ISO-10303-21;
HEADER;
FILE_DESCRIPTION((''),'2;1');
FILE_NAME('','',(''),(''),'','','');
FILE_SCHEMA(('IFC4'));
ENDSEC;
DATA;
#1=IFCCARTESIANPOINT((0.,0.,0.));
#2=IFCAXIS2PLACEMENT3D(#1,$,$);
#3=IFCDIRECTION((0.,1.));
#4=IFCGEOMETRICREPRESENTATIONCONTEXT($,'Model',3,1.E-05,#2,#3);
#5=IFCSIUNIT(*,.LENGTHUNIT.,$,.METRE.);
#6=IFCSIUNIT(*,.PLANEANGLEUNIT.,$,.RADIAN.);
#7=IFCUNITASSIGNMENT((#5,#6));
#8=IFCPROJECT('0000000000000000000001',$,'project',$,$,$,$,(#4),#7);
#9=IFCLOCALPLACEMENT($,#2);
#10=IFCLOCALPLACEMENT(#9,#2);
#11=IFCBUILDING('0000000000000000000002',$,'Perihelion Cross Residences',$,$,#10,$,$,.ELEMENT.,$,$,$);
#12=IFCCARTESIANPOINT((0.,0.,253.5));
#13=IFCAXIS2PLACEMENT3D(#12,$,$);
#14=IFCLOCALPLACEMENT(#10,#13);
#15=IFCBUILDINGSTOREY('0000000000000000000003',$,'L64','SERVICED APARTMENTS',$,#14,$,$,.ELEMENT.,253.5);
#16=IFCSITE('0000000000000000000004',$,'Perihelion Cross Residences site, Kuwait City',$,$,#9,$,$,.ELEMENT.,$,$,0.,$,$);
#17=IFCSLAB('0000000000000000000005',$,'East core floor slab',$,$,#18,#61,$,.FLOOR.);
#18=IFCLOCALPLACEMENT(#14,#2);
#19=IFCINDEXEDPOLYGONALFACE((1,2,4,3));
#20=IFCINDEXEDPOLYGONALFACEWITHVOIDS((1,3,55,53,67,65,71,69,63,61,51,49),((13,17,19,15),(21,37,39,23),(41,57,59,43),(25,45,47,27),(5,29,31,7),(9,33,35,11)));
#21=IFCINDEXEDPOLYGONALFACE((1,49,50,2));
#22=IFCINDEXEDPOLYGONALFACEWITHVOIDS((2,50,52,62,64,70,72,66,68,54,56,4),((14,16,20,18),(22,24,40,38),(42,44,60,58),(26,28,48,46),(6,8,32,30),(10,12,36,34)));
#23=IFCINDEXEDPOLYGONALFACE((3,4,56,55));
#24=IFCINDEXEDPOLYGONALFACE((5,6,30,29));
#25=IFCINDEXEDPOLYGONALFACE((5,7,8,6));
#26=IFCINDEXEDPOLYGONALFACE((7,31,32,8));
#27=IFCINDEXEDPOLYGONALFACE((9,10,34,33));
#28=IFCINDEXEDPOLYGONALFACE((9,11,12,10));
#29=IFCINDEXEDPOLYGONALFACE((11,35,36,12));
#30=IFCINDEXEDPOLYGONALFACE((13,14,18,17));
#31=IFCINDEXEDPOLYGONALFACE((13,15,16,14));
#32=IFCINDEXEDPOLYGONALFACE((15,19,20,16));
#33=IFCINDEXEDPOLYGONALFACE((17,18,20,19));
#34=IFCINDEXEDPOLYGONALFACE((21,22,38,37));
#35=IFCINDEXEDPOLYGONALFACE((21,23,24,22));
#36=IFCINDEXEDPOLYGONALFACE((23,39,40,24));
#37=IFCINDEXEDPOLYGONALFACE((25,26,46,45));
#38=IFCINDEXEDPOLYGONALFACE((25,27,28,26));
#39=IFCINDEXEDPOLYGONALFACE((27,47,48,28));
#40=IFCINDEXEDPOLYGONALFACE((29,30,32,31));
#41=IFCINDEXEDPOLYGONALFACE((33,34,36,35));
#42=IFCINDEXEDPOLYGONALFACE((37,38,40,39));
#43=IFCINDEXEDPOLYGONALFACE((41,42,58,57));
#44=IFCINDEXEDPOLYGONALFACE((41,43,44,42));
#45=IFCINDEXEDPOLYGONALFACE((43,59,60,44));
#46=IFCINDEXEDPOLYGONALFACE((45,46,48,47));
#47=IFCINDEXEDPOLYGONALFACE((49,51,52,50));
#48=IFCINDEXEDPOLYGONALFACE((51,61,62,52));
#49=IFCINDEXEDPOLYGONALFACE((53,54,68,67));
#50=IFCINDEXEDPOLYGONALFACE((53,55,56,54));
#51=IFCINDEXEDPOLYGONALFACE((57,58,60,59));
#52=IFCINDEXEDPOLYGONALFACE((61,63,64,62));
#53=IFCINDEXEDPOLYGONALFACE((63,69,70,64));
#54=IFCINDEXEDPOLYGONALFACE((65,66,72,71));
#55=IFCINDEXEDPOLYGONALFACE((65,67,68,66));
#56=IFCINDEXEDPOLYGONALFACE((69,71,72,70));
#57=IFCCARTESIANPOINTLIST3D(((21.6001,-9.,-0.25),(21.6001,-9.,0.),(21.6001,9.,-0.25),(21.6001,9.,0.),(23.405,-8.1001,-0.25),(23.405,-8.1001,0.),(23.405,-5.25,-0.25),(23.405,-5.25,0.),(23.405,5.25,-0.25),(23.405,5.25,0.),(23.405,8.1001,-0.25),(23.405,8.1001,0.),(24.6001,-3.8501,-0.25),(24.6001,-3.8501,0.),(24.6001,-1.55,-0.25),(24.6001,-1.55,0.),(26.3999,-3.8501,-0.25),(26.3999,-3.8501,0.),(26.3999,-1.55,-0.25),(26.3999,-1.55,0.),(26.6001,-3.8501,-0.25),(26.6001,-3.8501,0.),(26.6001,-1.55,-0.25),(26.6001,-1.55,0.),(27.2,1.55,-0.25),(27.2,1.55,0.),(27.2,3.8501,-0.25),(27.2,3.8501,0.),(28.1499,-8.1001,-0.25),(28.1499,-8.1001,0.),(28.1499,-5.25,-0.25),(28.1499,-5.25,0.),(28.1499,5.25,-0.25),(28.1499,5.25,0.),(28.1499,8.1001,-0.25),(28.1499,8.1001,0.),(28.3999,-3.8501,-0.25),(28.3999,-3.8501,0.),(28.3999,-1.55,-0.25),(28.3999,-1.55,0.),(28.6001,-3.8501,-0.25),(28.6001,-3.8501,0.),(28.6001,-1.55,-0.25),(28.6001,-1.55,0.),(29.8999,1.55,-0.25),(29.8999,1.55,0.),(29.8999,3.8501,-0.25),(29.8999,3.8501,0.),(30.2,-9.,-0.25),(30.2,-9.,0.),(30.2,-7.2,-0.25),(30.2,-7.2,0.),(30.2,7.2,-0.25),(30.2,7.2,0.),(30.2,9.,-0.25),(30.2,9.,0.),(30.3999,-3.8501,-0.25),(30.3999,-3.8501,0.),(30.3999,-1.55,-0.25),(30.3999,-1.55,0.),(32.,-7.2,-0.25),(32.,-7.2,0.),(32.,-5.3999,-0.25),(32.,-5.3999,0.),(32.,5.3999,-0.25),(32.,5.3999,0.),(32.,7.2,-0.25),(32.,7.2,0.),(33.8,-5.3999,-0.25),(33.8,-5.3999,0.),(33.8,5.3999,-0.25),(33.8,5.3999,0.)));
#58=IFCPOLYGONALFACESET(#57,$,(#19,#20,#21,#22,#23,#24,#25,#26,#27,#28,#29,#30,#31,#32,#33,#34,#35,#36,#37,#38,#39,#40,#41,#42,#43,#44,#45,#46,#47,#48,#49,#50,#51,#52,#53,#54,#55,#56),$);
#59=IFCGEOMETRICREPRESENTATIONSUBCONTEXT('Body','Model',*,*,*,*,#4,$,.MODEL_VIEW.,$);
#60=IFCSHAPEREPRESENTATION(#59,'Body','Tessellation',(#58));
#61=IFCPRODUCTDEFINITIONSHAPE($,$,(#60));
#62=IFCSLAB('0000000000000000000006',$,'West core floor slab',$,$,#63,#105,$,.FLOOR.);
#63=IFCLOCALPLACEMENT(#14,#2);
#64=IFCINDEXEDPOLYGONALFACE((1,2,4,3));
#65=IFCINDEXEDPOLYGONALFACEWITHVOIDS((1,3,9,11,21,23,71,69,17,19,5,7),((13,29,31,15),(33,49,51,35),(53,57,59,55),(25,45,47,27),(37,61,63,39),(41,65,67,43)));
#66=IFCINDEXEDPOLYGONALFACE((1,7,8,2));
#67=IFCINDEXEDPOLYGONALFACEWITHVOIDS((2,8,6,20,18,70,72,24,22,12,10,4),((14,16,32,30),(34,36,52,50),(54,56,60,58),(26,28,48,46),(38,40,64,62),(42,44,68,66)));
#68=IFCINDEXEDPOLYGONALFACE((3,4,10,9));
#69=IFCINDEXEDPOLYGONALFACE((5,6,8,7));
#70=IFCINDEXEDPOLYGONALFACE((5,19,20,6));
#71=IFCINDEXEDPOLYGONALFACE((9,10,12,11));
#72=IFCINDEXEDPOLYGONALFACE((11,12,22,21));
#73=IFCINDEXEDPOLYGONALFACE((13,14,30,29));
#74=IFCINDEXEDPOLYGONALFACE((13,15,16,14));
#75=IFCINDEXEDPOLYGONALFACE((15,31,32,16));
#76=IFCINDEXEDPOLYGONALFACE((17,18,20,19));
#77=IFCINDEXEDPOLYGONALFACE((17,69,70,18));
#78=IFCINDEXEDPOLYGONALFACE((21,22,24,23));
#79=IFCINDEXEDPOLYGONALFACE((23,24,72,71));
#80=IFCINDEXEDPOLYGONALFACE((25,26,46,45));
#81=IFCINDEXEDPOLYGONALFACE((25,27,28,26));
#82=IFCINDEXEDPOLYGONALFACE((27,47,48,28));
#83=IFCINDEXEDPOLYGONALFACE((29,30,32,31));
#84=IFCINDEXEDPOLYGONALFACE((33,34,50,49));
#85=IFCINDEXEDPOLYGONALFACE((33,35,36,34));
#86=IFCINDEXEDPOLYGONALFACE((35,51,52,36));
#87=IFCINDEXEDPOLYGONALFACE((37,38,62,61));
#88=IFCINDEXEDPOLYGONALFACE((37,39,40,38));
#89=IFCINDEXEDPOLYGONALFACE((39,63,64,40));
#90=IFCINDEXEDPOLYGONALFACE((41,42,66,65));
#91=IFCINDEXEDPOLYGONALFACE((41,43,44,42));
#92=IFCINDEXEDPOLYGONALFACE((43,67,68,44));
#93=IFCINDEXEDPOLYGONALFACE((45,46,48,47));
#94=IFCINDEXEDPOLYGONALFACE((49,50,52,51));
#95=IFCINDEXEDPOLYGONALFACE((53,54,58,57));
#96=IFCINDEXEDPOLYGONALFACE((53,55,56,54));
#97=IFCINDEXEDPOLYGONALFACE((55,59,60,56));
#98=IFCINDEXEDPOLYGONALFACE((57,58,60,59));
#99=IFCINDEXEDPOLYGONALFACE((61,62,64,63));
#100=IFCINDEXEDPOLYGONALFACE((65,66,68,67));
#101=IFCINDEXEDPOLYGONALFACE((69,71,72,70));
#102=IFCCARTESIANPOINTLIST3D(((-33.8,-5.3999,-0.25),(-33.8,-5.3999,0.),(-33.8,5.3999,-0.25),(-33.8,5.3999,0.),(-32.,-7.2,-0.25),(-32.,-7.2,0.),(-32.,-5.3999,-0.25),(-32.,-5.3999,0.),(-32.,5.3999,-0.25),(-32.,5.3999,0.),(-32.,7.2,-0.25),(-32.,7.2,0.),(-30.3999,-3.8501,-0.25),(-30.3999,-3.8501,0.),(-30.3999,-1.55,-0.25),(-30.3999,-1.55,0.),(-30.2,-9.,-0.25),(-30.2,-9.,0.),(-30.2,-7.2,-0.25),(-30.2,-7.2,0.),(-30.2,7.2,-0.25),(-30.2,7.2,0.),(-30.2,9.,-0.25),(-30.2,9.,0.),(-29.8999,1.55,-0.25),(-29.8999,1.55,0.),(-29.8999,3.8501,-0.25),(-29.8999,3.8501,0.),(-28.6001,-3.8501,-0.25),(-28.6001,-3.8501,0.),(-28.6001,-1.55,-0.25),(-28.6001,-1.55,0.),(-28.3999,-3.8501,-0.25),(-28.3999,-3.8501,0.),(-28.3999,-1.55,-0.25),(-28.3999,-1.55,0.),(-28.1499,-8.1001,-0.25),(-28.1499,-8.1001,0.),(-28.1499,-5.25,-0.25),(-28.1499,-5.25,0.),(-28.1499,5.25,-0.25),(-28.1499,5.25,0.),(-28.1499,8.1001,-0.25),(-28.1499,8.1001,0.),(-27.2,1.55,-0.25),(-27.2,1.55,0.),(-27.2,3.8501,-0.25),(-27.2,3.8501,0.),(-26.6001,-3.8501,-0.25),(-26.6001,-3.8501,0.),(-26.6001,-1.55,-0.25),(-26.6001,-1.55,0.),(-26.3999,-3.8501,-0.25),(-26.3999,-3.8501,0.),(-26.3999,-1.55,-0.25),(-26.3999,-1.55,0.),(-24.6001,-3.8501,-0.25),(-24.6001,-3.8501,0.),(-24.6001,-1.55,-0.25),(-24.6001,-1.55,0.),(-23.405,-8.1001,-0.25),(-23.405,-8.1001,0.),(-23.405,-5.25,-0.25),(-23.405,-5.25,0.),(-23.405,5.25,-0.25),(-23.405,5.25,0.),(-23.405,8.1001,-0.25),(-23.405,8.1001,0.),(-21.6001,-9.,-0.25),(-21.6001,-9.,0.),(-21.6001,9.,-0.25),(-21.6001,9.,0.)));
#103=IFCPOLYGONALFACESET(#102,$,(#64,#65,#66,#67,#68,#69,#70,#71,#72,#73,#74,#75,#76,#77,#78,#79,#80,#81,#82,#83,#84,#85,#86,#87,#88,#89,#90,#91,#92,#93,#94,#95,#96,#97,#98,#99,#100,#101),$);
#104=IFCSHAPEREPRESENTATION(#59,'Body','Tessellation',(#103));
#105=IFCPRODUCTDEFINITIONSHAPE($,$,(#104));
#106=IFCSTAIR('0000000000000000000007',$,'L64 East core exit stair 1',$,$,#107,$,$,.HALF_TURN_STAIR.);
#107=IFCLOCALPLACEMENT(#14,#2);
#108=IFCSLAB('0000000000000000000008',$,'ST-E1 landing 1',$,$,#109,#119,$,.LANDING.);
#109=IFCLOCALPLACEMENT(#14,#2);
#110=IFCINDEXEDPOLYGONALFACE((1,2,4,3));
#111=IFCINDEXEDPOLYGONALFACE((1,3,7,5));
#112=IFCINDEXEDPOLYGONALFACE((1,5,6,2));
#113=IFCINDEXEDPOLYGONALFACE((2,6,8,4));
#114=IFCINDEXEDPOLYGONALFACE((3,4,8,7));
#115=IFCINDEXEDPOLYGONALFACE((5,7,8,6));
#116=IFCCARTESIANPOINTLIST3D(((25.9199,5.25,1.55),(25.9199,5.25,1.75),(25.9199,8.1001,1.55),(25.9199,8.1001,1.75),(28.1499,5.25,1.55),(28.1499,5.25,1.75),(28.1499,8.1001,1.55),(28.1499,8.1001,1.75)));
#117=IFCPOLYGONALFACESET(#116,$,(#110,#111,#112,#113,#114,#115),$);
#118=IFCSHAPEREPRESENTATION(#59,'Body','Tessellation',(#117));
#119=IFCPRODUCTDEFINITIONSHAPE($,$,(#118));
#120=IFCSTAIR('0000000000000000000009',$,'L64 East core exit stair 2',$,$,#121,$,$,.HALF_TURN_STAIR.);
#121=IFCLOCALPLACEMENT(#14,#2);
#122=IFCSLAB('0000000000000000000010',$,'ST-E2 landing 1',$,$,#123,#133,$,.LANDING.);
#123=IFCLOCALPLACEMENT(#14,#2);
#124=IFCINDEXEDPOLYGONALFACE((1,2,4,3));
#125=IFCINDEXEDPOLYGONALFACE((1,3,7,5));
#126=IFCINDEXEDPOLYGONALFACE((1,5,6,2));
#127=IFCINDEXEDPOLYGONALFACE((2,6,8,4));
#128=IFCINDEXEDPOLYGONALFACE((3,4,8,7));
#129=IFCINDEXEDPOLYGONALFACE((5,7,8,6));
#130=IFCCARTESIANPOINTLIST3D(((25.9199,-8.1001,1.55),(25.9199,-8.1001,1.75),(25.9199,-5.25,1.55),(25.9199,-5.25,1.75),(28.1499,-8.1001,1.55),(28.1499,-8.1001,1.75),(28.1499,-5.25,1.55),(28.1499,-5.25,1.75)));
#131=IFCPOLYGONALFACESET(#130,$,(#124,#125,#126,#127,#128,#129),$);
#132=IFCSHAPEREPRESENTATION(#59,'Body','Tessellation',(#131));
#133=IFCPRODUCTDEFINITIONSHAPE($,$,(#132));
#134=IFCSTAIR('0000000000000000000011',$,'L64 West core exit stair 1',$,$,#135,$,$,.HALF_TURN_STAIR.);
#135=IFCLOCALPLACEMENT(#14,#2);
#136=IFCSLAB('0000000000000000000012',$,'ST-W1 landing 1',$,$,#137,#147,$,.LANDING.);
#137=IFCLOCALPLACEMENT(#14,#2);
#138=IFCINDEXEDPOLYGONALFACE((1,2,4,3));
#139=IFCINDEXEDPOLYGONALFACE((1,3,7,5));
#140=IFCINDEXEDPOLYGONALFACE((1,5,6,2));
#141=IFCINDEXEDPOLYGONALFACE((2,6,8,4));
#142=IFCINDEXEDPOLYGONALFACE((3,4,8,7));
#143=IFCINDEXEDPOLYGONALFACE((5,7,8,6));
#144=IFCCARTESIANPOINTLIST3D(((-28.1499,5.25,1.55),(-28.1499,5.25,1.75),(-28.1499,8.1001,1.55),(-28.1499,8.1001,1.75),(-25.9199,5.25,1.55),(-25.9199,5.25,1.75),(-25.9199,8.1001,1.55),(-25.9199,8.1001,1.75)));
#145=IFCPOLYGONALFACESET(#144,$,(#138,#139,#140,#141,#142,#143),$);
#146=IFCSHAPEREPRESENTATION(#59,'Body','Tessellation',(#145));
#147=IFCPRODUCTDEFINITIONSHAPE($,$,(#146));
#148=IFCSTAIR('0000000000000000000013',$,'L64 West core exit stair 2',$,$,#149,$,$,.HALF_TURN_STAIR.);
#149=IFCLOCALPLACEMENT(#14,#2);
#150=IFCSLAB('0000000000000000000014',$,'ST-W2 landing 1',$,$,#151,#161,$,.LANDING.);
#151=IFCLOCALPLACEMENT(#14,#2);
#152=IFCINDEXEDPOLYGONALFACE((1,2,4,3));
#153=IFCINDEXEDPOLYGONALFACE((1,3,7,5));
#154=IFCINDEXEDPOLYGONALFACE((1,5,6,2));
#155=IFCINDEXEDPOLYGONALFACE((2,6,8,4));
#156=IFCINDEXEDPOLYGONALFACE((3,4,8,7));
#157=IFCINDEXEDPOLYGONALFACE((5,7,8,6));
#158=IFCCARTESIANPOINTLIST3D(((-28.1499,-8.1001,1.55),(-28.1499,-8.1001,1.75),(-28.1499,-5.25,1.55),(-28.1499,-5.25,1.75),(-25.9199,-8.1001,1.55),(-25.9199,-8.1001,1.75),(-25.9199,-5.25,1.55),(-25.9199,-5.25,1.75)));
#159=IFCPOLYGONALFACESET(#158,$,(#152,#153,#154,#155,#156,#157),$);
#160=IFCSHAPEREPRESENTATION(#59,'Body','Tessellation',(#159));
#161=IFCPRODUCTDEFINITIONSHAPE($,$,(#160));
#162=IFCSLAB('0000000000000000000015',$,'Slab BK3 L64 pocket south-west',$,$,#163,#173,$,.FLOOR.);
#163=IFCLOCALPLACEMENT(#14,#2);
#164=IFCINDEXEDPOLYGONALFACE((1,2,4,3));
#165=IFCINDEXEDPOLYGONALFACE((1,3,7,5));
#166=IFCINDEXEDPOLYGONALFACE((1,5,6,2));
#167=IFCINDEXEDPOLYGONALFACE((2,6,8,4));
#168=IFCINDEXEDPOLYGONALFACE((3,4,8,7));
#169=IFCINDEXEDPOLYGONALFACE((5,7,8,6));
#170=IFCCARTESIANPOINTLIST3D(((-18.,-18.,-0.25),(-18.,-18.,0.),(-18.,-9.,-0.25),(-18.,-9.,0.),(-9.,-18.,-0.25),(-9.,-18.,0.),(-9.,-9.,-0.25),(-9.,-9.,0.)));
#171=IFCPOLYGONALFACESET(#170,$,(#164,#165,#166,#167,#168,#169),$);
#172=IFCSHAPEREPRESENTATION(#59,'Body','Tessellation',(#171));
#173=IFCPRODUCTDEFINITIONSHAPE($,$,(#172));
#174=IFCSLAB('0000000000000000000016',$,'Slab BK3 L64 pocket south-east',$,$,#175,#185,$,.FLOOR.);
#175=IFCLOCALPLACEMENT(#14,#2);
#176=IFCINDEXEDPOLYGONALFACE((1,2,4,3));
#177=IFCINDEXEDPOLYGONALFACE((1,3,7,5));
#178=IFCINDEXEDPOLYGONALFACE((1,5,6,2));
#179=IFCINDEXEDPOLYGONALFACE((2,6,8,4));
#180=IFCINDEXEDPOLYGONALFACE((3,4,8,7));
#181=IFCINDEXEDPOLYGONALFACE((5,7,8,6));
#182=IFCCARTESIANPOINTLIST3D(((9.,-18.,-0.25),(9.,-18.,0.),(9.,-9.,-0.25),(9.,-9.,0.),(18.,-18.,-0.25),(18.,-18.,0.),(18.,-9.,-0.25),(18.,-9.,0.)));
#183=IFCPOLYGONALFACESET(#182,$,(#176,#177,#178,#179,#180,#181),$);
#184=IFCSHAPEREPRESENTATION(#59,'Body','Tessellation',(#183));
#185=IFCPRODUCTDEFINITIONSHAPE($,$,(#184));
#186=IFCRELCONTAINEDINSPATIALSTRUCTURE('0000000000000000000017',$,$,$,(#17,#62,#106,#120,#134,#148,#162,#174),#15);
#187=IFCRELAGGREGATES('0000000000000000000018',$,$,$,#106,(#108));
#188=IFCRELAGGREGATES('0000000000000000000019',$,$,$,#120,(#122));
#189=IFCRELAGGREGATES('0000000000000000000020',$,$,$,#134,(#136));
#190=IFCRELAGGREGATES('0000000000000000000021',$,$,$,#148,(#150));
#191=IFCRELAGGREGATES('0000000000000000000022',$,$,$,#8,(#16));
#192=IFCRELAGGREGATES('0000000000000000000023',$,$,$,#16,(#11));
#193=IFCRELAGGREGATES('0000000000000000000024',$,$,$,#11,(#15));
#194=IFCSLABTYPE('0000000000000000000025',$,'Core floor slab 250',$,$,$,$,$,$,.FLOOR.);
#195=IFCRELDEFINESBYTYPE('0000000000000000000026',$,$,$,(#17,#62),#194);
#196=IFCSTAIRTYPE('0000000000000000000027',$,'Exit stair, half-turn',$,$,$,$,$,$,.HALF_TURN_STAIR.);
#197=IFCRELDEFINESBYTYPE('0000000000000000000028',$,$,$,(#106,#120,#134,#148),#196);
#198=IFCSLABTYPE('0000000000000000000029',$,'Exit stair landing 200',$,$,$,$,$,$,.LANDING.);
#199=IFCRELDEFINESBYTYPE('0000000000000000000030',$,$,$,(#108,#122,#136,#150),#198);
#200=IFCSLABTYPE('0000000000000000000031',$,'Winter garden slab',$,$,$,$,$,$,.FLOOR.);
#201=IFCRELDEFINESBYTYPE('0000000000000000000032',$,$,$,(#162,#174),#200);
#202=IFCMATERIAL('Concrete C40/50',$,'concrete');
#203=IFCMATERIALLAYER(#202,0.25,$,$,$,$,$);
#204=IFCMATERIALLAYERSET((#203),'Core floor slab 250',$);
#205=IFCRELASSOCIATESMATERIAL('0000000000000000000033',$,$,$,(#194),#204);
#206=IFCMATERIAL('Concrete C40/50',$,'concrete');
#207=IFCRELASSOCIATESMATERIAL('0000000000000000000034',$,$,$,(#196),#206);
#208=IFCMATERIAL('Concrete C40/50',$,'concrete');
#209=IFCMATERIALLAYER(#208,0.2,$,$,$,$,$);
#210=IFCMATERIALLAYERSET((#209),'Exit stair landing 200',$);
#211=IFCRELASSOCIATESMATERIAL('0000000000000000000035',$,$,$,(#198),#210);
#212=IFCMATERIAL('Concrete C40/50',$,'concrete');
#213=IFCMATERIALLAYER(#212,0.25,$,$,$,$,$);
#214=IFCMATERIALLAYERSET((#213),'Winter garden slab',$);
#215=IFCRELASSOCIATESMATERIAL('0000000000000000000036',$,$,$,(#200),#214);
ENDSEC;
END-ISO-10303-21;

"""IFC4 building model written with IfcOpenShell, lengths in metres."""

from ifc_helpers import new_model, si_unit, direction, frame, origin, place, context, subcontext, project, spatial, polyline, outline, extrude, material, layer, layer_set, type_object, element, aggregate, save


model = new_model("IFC4")

# Units and contexts
model_context = context("Model", 3, precision=1e-05, world=origin(), true_north=direction((0.0, 1.0)))
body_context = subcontext(model_context, "Body", "Model", "MODEL_VIEW")
ifc_project = project(units=[si_unit("LENGTHUNIT", "METRE"), si_unit("PLANEANGLEUNIT", "RADIAN")], contexts=[model_context])

# Site, building, storey
site_placement = place(None, origin())
site = spatial("IfcSite", under=ifc_project, at=site_placement, Name="Perihelion Cross Residences site, Kuwait City", CompositionType="ELEMENT", RefElevation=0.0)
building_placement = place(site_placement, origin())
building = spatial("IfcBuilding", under=site, at=building_placement, Name="Perihelion Cross Residences", CompositionType="ELEMENT")
storey_placement = place(building_placement, frame((0.0, 0.0, 253.5)))
storey = spatial("IfcBuildingStorey", under=building, at=storey_placement, Name="L64", Description="SERVICED APARTMENTS", CompositionType="ELEMENT", Elevation=253.5)

# Slabs
ifc_material_1 = material(Name="Concrete C40/50", Category="concrete")
ifc_layer_1 = layer(ifc_material_1, 0.25)
ifc_layer_set_1 = layer_set([ifc_layer_1], Name="Core floor slab 250")
slab_type_1 = type_object("IfcSlabType", Name="Core floor slab 250", PredefinedType="FLOOR", material=ifc_layer_set_1)
slab_1_placement = place(storey_placement, frame((0.0, 0.0, -0.25)))
element("IfcSlab", 1, at=slab_1_placement, inside=storey, type_object=slab_type_1, Name="East core floor slab", PredefinedType="FLOOR", context=body_context, shape_type="SweptSolid", body=[
    extrude(outline(polyline([(30.2, 7.2), (32.0, 7.2), (32.0, 5.3999), (33.8, 5.3999), (33.8, -5.3999), (32.0, -5.3999), (32.0, -7.2), (30.2, -7.2), (30.2, -9.0), (21.6001, -9.0), (21.6001, 9.0), (30.2, 9.0), (30.2, 7.2)]), holes=[polyline([(28.1499, -8.1001), (28.1499, -5.25), (23.405, -5.25), (23.405, -8.1001), (28.1499, -8.1001)]), polyline([(24.6001, -1.55), (24.6001, -3.8501), (26.3999, -3.8501), (26.3999, -1.55), (24.6001, -1.55)]), polyline([(26.6001, -1.55), (26.6001, -3.8501), (28.3999, -3.8501), (28.3999, -1.55), (26.6001, -1.55)]), polyline([(28.6001, -3.8501), (30.3999, -3.8501), (30.3999, -1.55), (28.6001, -1.55), (28.6001, -3.8501)]), polyline([(27.2, 3.8501), (27.2, 1.55), (29.8999, 1.55), (29.8999, 3.8501), (27.2, 3.8501)]), polyline([(23.405, 5.25), (28.1499, 5.25), (28.1499, 8.1001), (23.405, 8.1001), (23.405, 5.25)])]), origin(), (0.0, 0.0, 1.0), 0.25),
])
slab_2_placement = place(storey_placement, frame((0.0, 0.0, -0.25)))
element("IfcSlab", 2, at=slab_2_placement, inside=storey, type_object=slab_type_1, Name="West core floor slab", PredefinedType="FLOOR", context=body_context, shape_type="SweptSolid", body=[
    extrude(outline(polyline([(-30.2, 7.2), (-32.0, 7.2), (-32.0, 5.3999), (-33.8, 5.3999), (-33.8, -5.3999), (-32.0, -5.3999), (-32.0, -7.2), (-30.2, -7.2), (-30.2, -9.0), (-21.6001, -9.0), (-21.6001, 9.0), (-30.2, 9.0), (-30.2, 7.2)]), holes=[polyline([(-28.1499, -8.1001), (-28.1499, -5.25), (-23.405, -5.25), (-23.405, -8.1001), (-28.1499, -8.1001)]), polyline([(-24.6001, -1.55), (-24.6001, -3.8501), (-26.3999, -3.8501), (-26.3999, -1.55), (-24.6001, -1.55)]), polyline([(-26.6001, -1.55), (-26.6001, -3.8501), (-28.3999, -3.8501), (-28.3999, -1.55), (-26.6001, -1.55)]), polyline([(-28.6001, -3.8501), (-30.3999, -3.8501), (-30.3999, -1.55), (-28.6001, -1.55), (-28.6001, -3.8501)]), polyline([(-27.2, 3.8501), (-27.2, 1.55), (-29.8999, 1.55), (-29.8999, 3.8501), (-27.2, 3.8501)]), polyline([(-23.405, 5.25), (-28.1499, 5.25), (-28.1499, 8.1001), (-23.405, 8.1001), (-23.405, 5.25)])]), origin(), (0.0, 0.0, 1.0), 0.25),
])

# Stairs, slabs
ifc_material_2 = material(Name="Concrete C40/50", Category="concrete")
stair_type = type_object("IfcStairType", Name="Exit stair, half-turn", PredefinedType="HALF_TURN_STAIR", material=ifc_material_2)
stair_1_placement = place(storey_placement, origin())
stair_1 = element("IfcStair", 3, at=stair_1_placement, inside=storey, type_object=stair_type, Name="L64 East core exit stair 1", PredefinedType="HALF_TURN_STAIR")
ifc_material_3 = material(Name="Concrete C40/50", Category="concrete")
ifc_layer_2 = layer(ifc_material_3, 0.2)
ifc_layer_set_2 = layer_set([ifc_layer_2], Name="Exit stair landing 200")
slab_type_2 = type_object("IfcSlabType", Name="Exit stair landing 200", PredefinedType="LANDING", material=ifc_layer_set_2)
slab_3_placement = place(storey_placement, frame((0.0, 0.0, 1.55)))
slab_3 = element("IfcSlab", 4, at=slab_3_placement, type_object=slab_type_2, Name="ST-E1 landing 1", PredefinedType="LANDING", context=body_context, shape_type="SweptSolid", body=[
    extrude(outline(polyline([(25.9199, 5.25), (28.1499, 5.25), (28.1499, 8.1001), (25.9199, 8.1001), (25.9199, 5.25)])), origin(), (0.0, 0.0, 1.0), 0.2),
])
aggregate(stair_1, [slab_3])
stair_2_placement = place(storey_placement, origin())
stair_2 = element("IfcStair", 5, at=stair_2_placement, inside=storey, type_object=stair_type, Name="L64 East core exit stair 2", PredefinedType="HALF_TURN_STAIR")
slab_4_placement = place(storey_placement, frame((0.0, 0.0, 1.55)))
slab_4 = element("IfcSlab", 6, at=slab_4_placement, type_object=slab_type_2, Name="ST-E2 landing 1", PredefinedType="LANDING", context=body_context, shape_type="SweptSolid", body=[
    extrude(outline(polyline([(25.9199, -8.1001), (28.1499, -8.1001), (28.1499, -5.25), (25.9199, -5.25), (25.9199, -8.1001)])), origin(), (0.0, 0.0, 1.0), 0.2),
])
aggregate(stair_2, [slab_4])
stair_3_placement = place(storey_placement, origin())
stair_3 = element("IfcStair", 7, at=stair_3_placement, inside=storey, type_object=stair_type, Name="L64 West core exit stair 1", PredefinedType="HALF_TURN_STAIR")
slab_5_placement = place(storey_placement, frame((0.0, 0.0, 1.55)))
slab_5 = element("IfcSlab", 8, at=slab_5_placement, type_object=slab_type_2, Name="ST-W1 landing 1", PredefinedType="LANDING", context=body_context, shape_type="SweptSolid", body=[
    extrude(outline(polyline([(-25.9199, 8.1001), (-28.1499, 8.1001), (-28.1499, 5.25), (-25.9199, 5.25), (-25.9199, 8.1001)])), origin(), (0.0, 0.0, 1.0), 0.2),
])
aggregate(stair_3, [slab_5])
stair_4_placement = place(storey_placement, origin())
stair_4 = element("IfcStair", 9, at=stair_4_placement, inside=storey, type_object=stair_type, Name="L64 West core exit stair 2", PredefinedType="HALF_TURN_STAIR")
slab_6_placement = place(storey_placement, frame((0.0, 0.0, 1.55)))
slab_6 = element("IfcSlab", 10, at=slab_6_placement, type_object=slab_type_2, Name="ST-W2 landing 1", PredefinedType="LANDING", context=body_context, shape_type="SweptSolid", body=[
    extrude(outline(polyline([(-25.9199, -5.25), (-28.1499, -5.25), (-28.1499, -8.1001), (-25.9199, -8.1001), (-25.9199, -5.25)])), origin(), (0.0, 0.0, 1.0), 0.2),
])
aggregate(stair_4, [slab_6])

# Slabs
ifc_material_4 = material(Name="Concrete C40/50", Category="concrete")
ifc_layer_3 = layer(ifc_material_4, 0.25)
ifc_layer_set_3 = layer_set([ifc_layer_3], Name="Winter garden slab")
slab_type_3 = type_object("IfcSlabType", Name="Winter garden slab", PredefinedType="FLOOR", material=ifc_layer_set_3)
slab_7_placement = place(storey_placement, frame((0.0, 0.0, -0.25)))
element("IfcSlab", 11, at=slab_7_placement, inside=storey, type_object=slab_type_3, Name="Slab BK3 L64 pocket south-west", PredefinedType="FLOOR", context=body_context, shape_type="SweptSolid", body=[
    extrude(outline(polyline([(-9.0, -18.0), (-9.0, -9.0), (-18.0, -9.0), (-18.0, -18.0), (-9.0, -18.0)])), origin(), (0.0, 0.0, 1.0), 0.25),
])
slab_8_placement = place(storey_placement, frame((0.0, 0.0, -0.25)))
element("IfcSlab", 12, at=slab_8_placement, inside=storey, type_object=slab_type_3, Name="Slab BK3 L64 pocket south-east", PredefinedType="FLOOR", context=body_context, shape_type="SweptSolid", body=[
    extrude(outline(polyline([(18.0, -18.0), (18.0, -9.0), (9.0, -9.0), (9.0, -18.0), (18.0, -18.0)])), origin(), (0.0, 0.0, 1.0), 0.25),
])

save(model, "model.ifc")
